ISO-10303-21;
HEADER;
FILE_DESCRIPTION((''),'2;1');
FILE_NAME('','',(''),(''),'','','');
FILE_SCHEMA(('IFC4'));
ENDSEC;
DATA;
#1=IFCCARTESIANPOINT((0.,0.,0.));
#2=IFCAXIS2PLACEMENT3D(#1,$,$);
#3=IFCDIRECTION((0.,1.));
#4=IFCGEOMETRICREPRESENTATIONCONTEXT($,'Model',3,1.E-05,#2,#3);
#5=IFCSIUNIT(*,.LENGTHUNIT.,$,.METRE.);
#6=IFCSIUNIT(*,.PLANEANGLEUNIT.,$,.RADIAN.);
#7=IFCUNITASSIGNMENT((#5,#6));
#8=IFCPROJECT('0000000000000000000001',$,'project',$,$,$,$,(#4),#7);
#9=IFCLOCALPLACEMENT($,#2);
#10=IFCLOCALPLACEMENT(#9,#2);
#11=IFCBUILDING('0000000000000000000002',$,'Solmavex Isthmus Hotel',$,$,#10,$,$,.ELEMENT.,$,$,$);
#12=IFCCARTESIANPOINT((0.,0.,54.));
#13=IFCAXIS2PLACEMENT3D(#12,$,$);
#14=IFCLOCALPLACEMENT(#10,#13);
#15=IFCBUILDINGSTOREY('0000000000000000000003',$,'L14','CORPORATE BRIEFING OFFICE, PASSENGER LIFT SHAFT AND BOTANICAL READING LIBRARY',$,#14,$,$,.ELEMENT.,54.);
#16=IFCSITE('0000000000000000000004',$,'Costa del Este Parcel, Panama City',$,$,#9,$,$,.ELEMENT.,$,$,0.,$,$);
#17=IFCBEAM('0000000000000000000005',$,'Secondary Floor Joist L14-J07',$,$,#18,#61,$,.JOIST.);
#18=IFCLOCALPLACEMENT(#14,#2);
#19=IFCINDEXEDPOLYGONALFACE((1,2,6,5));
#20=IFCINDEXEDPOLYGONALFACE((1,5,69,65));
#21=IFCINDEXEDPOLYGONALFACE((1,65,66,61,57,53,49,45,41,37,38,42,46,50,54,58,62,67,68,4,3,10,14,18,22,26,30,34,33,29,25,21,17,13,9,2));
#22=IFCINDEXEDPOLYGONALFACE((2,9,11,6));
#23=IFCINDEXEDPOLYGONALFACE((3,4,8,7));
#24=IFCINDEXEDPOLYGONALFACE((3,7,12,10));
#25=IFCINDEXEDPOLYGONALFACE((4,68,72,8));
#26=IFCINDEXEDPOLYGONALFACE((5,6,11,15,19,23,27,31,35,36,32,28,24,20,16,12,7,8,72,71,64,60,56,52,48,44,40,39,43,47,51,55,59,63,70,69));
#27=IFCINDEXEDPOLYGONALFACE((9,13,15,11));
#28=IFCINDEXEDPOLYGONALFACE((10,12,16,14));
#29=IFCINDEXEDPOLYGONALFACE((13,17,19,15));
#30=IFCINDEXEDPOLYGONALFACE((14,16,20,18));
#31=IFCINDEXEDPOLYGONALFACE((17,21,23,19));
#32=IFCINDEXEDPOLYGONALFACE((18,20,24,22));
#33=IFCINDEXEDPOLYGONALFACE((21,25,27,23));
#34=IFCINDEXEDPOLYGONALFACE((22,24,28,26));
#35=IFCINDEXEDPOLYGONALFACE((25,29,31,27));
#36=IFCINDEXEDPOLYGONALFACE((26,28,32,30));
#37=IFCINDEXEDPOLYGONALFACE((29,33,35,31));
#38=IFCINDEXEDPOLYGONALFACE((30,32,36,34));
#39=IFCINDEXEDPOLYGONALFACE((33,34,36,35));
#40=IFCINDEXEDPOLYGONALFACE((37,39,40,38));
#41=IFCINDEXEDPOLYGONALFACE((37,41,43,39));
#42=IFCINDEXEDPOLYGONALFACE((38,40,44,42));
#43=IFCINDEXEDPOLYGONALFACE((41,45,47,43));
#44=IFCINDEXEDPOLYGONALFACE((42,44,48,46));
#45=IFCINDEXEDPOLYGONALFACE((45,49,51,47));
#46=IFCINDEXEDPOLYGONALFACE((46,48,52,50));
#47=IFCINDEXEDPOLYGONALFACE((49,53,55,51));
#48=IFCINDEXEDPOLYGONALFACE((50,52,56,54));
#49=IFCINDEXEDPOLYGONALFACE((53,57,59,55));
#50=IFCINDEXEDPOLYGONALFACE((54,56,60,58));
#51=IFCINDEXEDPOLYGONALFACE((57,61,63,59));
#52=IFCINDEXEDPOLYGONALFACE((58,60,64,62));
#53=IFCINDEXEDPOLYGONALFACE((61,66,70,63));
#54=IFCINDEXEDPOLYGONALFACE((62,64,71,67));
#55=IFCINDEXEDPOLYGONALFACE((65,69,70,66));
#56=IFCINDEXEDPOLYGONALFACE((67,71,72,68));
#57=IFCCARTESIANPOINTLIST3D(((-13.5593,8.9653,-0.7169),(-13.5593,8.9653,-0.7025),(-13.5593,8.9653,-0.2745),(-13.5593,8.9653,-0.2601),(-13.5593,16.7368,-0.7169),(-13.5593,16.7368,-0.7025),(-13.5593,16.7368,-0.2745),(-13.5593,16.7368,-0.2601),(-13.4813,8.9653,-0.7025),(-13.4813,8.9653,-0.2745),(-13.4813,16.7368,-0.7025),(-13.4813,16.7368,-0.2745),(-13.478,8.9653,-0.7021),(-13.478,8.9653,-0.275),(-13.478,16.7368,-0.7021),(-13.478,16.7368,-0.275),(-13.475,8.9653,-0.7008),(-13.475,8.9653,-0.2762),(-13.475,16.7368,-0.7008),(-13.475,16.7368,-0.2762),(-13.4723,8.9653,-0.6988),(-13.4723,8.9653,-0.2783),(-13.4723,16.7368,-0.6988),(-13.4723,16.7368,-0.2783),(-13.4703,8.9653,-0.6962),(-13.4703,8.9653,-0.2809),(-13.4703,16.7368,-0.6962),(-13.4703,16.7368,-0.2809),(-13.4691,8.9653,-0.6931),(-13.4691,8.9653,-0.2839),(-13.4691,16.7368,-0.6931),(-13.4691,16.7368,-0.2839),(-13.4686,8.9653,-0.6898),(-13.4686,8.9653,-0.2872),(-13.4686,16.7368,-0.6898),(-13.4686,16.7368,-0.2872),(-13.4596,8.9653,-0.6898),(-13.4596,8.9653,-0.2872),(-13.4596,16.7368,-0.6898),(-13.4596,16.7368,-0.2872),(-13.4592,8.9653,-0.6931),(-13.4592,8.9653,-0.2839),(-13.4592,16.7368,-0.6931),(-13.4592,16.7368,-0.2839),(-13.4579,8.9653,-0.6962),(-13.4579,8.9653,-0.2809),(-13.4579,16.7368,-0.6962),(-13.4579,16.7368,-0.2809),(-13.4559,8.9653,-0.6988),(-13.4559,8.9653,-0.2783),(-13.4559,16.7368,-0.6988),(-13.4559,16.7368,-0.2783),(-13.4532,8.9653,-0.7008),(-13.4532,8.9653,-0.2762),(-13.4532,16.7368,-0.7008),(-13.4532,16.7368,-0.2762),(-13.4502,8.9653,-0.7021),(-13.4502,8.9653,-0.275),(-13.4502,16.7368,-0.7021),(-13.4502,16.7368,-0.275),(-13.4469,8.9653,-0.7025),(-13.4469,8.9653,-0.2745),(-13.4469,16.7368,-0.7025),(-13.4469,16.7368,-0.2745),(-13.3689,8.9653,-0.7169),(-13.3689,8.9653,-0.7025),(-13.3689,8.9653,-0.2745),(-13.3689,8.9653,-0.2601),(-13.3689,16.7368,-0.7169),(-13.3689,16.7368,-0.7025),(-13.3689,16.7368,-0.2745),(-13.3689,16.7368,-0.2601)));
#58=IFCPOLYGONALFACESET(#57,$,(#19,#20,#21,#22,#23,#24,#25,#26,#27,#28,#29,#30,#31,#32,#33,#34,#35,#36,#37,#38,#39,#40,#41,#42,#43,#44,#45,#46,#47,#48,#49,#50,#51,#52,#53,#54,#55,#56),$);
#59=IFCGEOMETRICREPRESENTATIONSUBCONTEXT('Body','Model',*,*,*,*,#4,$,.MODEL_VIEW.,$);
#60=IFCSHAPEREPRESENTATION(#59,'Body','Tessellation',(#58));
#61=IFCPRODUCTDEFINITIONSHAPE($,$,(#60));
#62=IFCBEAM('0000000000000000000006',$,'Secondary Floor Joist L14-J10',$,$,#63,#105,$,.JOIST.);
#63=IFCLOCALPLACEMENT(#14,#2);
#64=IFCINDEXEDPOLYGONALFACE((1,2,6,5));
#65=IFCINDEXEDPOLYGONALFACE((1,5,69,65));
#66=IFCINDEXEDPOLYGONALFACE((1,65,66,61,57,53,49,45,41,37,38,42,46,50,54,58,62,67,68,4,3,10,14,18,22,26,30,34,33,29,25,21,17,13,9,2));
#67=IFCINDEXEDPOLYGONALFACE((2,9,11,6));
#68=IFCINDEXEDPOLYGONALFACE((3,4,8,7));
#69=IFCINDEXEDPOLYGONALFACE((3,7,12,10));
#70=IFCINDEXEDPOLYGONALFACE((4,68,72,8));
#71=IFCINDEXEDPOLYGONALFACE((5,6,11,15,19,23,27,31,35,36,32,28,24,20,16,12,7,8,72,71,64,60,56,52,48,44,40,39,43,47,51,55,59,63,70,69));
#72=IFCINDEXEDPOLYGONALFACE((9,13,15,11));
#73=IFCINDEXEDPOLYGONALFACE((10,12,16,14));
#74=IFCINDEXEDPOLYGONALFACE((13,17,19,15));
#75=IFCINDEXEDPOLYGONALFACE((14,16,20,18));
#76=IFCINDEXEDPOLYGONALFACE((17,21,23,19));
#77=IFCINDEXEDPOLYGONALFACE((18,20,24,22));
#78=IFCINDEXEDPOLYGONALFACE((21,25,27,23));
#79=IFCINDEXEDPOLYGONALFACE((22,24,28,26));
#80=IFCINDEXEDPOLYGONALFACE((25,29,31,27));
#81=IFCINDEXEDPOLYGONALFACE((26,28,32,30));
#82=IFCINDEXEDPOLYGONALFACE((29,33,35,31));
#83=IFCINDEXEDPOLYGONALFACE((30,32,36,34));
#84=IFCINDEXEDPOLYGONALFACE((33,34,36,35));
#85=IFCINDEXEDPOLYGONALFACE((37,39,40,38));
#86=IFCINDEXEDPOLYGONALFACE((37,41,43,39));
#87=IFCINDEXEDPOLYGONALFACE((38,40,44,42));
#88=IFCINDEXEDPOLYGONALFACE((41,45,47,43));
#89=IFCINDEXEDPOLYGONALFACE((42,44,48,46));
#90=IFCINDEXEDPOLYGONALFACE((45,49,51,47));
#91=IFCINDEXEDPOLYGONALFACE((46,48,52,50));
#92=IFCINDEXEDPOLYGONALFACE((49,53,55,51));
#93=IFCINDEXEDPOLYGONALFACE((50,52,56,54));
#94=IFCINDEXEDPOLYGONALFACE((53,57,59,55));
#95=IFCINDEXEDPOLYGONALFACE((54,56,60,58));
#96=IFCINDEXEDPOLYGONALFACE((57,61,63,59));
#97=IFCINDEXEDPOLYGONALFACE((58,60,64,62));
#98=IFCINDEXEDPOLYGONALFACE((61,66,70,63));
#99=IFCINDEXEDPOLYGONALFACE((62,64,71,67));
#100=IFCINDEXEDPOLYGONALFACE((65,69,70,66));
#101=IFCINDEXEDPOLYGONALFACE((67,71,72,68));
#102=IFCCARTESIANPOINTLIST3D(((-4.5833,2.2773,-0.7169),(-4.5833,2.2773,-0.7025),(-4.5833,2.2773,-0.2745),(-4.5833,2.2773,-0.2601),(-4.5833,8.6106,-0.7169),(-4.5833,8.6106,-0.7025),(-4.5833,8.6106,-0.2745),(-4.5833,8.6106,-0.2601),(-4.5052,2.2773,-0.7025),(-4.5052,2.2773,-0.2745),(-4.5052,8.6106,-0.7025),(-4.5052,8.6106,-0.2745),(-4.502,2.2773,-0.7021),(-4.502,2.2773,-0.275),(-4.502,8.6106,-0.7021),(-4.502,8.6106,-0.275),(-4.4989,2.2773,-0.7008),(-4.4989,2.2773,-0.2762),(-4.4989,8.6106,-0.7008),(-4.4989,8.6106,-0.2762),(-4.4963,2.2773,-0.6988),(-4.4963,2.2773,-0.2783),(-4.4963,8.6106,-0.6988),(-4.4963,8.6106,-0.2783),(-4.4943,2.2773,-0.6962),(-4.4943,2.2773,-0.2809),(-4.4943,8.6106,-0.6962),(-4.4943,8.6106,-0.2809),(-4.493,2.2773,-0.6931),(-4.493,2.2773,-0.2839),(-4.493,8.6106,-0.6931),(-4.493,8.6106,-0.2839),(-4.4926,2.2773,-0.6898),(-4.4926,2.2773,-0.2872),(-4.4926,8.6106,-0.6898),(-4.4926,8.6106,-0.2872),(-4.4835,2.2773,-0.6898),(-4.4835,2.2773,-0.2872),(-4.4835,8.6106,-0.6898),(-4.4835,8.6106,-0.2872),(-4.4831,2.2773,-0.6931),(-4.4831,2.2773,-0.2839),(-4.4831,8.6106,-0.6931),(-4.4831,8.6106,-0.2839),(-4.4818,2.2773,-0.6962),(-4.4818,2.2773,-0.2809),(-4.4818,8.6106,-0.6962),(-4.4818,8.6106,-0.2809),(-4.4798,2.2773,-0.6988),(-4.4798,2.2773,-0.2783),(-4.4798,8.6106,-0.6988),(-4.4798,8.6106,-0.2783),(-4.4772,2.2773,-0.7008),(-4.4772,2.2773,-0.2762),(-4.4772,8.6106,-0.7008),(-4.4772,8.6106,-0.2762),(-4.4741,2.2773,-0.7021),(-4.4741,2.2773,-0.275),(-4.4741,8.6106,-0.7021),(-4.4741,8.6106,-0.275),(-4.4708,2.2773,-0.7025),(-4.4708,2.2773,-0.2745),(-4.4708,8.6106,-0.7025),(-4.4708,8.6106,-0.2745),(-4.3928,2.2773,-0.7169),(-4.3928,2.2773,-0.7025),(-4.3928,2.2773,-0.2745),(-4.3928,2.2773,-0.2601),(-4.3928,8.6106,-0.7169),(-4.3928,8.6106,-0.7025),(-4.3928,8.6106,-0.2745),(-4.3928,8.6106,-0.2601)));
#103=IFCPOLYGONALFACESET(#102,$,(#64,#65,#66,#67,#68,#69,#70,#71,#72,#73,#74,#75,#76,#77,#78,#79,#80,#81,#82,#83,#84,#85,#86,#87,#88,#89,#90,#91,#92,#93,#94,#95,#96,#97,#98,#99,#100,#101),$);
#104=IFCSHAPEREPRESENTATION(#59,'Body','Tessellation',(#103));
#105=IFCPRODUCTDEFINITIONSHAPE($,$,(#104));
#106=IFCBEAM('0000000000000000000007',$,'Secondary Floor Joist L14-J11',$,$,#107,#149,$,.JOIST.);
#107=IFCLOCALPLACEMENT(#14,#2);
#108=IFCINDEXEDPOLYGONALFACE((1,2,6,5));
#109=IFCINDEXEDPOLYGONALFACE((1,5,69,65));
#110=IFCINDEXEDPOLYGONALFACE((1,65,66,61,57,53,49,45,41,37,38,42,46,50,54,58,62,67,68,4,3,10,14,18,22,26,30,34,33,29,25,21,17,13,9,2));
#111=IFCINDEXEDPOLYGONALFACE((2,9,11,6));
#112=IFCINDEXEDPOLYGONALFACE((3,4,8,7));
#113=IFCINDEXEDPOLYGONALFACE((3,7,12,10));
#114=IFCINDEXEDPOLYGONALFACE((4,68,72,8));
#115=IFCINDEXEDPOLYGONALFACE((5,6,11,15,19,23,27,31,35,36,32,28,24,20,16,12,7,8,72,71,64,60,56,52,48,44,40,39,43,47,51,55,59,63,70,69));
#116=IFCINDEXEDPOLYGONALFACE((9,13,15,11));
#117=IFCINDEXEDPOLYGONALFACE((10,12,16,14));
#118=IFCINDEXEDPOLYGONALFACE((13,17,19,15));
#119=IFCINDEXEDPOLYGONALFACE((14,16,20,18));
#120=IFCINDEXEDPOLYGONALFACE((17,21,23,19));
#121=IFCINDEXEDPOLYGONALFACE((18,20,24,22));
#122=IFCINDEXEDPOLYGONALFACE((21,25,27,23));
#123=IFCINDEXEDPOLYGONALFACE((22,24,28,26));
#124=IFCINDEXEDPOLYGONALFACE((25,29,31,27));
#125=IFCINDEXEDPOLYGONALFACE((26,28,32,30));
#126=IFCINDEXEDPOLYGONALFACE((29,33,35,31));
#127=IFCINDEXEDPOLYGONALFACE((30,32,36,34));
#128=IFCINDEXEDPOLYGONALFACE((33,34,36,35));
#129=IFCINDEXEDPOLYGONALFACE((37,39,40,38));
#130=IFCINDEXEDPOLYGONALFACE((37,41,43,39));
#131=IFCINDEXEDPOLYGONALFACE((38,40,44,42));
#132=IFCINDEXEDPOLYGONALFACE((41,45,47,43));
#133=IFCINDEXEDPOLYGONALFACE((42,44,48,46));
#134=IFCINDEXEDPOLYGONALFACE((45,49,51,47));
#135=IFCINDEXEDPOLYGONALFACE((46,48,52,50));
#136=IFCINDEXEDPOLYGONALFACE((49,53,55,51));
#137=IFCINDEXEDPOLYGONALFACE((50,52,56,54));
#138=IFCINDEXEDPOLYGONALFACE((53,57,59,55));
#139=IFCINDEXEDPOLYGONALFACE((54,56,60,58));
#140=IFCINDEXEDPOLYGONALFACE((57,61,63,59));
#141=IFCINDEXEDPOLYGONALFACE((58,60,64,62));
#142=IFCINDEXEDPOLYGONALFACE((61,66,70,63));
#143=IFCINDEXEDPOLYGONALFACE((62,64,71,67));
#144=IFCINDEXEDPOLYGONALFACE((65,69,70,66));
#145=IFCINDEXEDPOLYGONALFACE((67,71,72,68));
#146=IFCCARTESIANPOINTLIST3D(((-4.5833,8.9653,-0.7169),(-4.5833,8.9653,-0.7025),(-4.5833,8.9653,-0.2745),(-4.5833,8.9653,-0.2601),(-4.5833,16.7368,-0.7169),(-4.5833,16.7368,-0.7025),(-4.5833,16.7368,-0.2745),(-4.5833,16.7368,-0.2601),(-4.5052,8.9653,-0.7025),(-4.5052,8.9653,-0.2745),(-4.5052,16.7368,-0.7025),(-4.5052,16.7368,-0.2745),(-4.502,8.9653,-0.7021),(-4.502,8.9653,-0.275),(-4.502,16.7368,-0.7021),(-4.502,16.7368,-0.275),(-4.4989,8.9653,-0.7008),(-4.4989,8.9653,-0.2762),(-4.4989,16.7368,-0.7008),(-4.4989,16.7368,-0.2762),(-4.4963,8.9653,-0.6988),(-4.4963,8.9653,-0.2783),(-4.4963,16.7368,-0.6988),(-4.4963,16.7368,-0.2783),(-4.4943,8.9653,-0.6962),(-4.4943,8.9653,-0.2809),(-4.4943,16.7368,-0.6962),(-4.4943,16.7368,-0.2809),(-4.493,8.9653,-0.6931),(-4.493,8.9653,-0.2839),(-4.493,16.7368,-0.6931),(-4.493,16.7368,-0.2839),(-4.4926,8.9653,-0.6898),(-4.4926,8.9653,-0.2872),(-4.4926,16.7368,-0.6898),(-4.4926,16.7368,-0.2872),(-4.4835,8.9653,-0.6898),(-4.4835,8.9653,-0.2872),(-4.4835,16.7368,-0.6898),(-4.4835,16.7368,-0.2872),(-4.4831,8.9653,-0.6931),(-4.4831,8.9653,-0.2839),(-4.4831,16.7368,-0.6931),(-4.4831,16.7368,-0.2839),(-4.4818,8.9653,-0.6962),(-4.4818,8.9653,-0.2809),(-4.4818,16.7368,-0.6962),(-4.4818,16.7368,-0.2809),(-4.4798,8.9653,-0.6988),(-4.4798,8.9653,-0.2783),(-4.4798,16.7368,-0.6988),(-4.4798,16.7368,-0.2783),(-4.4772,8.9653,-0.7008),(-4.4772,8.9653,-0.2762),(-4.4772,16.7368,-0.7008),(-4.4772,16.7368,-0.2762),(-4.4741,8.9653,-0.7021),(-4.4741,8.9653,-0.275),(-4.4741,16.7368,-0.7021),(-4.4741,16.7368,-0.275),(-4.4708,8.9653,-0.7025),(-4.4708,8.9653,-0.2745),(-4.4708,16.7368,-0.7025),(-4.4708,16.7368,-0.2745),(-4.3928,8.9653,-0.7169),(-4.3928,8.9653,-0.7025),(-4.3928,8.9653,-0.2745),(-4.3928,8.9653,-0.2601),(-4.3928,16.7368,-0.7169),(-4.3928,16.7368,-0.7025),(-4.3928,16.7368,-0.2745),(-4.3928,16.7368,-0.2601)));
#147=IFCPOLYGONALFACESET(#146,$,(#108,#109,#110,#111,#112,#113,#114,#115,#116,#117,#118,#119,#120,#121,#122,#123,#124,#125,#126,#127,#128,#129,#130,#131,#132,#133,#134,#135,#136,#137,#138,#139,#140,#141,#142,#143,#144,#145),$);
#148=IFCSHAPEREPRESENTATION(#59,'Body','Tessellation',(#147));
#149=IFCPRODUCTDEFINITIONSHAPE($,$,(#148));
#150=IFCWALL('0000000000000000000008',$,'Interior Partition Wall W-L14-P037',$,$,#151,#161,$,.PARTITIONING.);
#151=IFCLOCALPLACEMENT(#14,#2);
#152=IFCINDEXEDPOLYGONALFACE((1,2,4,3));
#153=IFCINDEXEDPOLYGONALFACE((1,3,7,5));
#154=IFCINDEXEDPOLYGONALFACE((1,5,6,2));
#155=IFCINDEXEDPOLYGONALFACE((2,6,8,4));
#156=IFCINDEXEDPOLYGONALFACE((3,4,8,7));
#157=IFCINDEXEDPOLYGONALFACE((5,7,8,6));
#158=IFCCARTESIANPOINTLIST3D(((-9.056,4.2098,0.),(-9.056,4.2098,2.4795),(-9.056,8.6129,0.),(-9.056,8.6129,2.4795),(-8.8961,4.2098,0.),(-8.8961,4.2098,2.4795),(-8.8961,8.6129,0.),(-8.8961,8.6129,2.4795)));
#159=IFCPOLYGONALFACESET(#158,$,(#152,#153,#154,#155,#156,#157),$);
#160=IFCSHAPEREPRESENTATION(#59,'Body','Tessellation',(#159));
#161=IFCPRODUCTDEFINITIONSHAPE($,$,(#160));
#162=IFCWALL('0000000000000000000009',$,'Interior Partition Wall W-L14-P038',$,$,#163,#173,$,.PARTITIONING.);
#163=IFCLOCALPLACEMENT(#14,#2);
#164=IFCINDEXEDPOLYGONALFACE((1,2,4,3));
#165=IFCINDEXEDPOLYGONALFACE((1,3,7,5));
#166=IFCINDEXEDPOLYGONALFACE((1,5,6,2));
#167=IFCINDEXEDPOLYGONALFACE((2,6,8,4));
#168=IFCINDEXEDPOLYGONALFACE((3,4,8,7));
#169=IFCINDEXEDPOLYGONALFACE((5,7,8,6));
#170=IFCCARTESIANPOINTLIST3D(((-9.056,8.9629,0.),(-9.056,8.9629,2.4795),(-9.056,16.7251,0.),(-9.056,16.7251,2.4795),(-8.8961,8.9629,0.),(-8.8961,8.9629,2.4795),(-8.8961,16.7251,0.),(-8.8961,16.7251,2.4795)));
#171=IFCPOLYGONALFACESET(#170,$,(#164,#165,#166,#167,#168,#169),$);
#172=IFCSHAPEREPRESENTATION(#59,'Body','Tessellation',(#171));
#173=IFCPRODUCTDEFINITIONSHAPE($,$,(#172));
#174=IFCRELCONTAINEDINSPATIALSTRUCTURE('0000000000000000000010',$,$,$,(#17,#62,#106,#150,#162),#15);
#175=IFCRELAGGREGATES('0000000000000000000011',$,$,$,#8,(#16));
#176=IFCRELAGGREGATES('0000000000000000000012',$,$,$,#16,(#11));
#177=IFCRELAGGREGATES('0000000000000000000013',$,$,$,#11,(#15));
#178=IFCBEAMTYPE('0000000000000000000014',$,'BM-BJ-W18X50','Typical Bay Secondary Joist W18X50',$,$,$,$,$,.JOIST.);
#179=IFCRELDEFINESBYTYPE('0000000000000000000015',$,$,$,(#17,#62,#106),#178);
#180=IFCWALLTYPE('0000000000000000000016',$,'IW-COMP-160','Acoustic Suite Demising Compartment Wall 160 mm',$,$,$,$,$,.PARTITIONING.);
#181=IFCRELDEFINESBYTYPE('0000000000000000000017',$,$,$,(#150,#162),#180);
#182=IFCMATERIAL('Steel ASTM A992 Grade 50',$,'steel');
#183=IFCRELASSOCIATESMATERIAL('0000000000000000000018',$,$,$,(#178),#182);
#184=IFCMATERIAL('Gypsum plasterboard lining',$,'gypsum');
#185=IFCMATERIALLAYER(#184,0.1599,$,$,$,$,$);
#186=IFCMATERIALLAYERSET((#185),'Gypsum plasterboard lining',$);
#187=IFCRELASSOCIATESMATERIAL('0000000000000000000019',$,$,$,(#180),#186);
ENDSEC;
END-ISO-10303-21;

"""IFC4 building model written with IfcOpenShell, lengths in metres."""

from ifc_helpers import new_model, si_unit, direction, frame, frame_2d, origin, origin_2d, place, context, subcontext, project, spatial, rectangle, i_section, extrude, material, layer, layer_set, material_profile, profile_set, type_object, element, save


model = new_model("IFC4")

# Units and contexts
model_context = context("Model", 3, precision=1e-05, world=origin(), true_north=direction((0.0, 1.0)))
body_context = subcontext(model_context, "Body", "Model", "MODEL_VIEW")
ifc_project = project(units=[si_unit("LENGTHUNIT", "METRE"), si_unit("PLANEANGLEUNIT", "RADIAN")], contexts=[model_context])

# Site, building, storey
site_placement = place(None, origin())
site = spatial("IfcSite", under=ifc_project, at=site_placement, Name="Costa del Este Parcel, Panama City", CompositionType="ELEMENT", RefElevation=0.0)
building_placement = place(site_placement, origin())
building = spatial("IfcBuilding", under=site, at=building_placement, Name="Solmavex Isthmus Hotel", CompositionType="ELEMENT")
storey_placement = place(building_placement, frame((0.0, 0.0, 54.0)))
storey = spatial("IfcBuildingStorey", under=building, at=storey_placement, Name="L14", Description="CORPORATE BRIEFING OFFICE, PASSENGER LIFT SHAFT AND BOTANICAL READING LIBRARY", CompositionType="ELEMENT", Elevation=54.0)

# Beams
ifc_material_1 = material(Name="Steel ASTM A992 Grade 50", Category="steel")
ifc_material_profile_1 = material_profile(ifc_material_1, i_section(OverallWidth=0.1904, OverallDepth=0.4568, WebThickness=0.009, FlangeThickness=0.0144, FilletRadius=0.0127, at=origin_2d()), Name="W18X50")
ifc_profile_set_1 = profile_set([ifc_material_profile_1], Name="Steel ASTM A992 Grade 50")
beam_type_1 = type_object("IfcBeamType", Name="BM-BJ-W18X50", Description="Typical Bay Secondary Joist W18X50", PredefinedType="JOIST", material=ifc_profile_set_1)
beam_1_placement = place(storey_placement, frame((-13.4641, 8.9653, -0.4885), z_axis=(0.0, 1.0, 0.0), x_axis=(-1.0, 0.0, 0.0)))
element("IfcBeam", 1, at=beam_1_placement, inside=storey, type_object=beam_type_1, Name="Secondary Floor Joist L14-J07", PredefinedType="JOIST", context=body_context, shape_type="SweptSolid", body=[
    extrude(i_section(OverallWidth=0.1904, OverallDepth=0.4568, WebThickness=0.009, FlangeThickness=0.0144, FilletRadius=0.0127, at=origin_2d()), origin(), (0.0, 0.0, 1.0), 7.7715),
])
beam_2_placement = place(storey_placement, frame((-4.488, 2.2773, -0.4885), z_axis=(0.0, 1.0, 0.0), x_axis=(-1.0, 0.0, 0.0)))
element("IfcBeam", 2, at=beam_2_placement, inside=storey, type_object=beam_type_1, Name="Secondary Floor Joist L14-J10", PredefinedType="JOIST", context=body_context, shape_type="SweptSolid", body=[
    extrude(i_section(OverallWidth=0.1904, OverallDepth=0.4568, WebThickness=0.009, FlangeThickness=0.0144, FilletRadius=0.0127, at=origin_2d()), origin(), (0.0, 0.0, 1.0), 6.3333),
])
beam_3_placement = place(storey_placement, frame((-4.488, 8.9653, -0.4885), z_axis=(0.0, 1.0, 0.0), x_axis=(-1.0, 0.0, 0.0)))
element("IfcBeam", 3, at=beam_3_placement, inside=storey, type_object=beam_type_1, Name="Secondary Floor Joist L14-J11", PredefinedType="JOIST", context=body_context, shape_type="SweptSolid", body=[
    extrude(i_section(OverallWidth=0.1904, OverallDepth=0.4568, WebThickness=0.009, FlangeThickness=0.0144, FilletRadius=0.0127, at=origin_2d()), origin(), (0.0, 0.0, 1.0), 7.7715),
])

# Walls
ifc_material_2 = material(Name="Gypsum plasterboard lining", Category="gypsum")
ifc_layer_1 = layer(ifc_material_2, 0.1599)
ifc_layer_set_1 = layer_set([ifc_layer_1], Name="Gypsum plasterboard lining")
wall_type_1 = type_object("IfcWallType", Name="IW-COMP-160", Description="Acoustic Suite Demising Compartment Wall 160 mm", PredefinedType="PARTITIONING", material=ifc_layer_set_1)
wall_1_placement = place(storey_placement, frame((-8.9761, 8.613, 0.0), z_axis=(0.0, 0.0, 1.0), x_axis=(0.0, -1.0, 0.0)))
element("IfcWall", 4, at=wall_1_placement, inside=storey, type_object=wall_type_1, Name="Interior Partition Wall W-L14-P037", PredefinedType="PARTITIONING", context=body_context, shape_type="SweptSolid", body=[
    extrude(rectangle(XDim=4.4031, YDim=0.1599, at=frame_2d((2.2017, 0.0))), origin(), (0.0, 0.0, 1.0), 2.4795),
])
wall_2_placement = place(storey_placement, frame((-8.9761, 16.7251, 0.0), z_axis=(0.0, 0.0, 1.0), x_axis=(0.0, -1.0, 0.0)))
element("IfcWall", 5, at=wall_2_placement, inside=storey, type_object=wall_type_1, Name="Interior Partition Wall W-L14-P038", PredefinedType="PARTITIONING", context=body_context, shape_type="SweptSolid", body=[
    extrude(rectangle(XDim=7.7622, YDim=0.1599, at=frame_2d((3.8811, 0.0))), origin(), (0.0, 0.0, 1.0), 2.4795),
])

save(model, "model.ifc")
